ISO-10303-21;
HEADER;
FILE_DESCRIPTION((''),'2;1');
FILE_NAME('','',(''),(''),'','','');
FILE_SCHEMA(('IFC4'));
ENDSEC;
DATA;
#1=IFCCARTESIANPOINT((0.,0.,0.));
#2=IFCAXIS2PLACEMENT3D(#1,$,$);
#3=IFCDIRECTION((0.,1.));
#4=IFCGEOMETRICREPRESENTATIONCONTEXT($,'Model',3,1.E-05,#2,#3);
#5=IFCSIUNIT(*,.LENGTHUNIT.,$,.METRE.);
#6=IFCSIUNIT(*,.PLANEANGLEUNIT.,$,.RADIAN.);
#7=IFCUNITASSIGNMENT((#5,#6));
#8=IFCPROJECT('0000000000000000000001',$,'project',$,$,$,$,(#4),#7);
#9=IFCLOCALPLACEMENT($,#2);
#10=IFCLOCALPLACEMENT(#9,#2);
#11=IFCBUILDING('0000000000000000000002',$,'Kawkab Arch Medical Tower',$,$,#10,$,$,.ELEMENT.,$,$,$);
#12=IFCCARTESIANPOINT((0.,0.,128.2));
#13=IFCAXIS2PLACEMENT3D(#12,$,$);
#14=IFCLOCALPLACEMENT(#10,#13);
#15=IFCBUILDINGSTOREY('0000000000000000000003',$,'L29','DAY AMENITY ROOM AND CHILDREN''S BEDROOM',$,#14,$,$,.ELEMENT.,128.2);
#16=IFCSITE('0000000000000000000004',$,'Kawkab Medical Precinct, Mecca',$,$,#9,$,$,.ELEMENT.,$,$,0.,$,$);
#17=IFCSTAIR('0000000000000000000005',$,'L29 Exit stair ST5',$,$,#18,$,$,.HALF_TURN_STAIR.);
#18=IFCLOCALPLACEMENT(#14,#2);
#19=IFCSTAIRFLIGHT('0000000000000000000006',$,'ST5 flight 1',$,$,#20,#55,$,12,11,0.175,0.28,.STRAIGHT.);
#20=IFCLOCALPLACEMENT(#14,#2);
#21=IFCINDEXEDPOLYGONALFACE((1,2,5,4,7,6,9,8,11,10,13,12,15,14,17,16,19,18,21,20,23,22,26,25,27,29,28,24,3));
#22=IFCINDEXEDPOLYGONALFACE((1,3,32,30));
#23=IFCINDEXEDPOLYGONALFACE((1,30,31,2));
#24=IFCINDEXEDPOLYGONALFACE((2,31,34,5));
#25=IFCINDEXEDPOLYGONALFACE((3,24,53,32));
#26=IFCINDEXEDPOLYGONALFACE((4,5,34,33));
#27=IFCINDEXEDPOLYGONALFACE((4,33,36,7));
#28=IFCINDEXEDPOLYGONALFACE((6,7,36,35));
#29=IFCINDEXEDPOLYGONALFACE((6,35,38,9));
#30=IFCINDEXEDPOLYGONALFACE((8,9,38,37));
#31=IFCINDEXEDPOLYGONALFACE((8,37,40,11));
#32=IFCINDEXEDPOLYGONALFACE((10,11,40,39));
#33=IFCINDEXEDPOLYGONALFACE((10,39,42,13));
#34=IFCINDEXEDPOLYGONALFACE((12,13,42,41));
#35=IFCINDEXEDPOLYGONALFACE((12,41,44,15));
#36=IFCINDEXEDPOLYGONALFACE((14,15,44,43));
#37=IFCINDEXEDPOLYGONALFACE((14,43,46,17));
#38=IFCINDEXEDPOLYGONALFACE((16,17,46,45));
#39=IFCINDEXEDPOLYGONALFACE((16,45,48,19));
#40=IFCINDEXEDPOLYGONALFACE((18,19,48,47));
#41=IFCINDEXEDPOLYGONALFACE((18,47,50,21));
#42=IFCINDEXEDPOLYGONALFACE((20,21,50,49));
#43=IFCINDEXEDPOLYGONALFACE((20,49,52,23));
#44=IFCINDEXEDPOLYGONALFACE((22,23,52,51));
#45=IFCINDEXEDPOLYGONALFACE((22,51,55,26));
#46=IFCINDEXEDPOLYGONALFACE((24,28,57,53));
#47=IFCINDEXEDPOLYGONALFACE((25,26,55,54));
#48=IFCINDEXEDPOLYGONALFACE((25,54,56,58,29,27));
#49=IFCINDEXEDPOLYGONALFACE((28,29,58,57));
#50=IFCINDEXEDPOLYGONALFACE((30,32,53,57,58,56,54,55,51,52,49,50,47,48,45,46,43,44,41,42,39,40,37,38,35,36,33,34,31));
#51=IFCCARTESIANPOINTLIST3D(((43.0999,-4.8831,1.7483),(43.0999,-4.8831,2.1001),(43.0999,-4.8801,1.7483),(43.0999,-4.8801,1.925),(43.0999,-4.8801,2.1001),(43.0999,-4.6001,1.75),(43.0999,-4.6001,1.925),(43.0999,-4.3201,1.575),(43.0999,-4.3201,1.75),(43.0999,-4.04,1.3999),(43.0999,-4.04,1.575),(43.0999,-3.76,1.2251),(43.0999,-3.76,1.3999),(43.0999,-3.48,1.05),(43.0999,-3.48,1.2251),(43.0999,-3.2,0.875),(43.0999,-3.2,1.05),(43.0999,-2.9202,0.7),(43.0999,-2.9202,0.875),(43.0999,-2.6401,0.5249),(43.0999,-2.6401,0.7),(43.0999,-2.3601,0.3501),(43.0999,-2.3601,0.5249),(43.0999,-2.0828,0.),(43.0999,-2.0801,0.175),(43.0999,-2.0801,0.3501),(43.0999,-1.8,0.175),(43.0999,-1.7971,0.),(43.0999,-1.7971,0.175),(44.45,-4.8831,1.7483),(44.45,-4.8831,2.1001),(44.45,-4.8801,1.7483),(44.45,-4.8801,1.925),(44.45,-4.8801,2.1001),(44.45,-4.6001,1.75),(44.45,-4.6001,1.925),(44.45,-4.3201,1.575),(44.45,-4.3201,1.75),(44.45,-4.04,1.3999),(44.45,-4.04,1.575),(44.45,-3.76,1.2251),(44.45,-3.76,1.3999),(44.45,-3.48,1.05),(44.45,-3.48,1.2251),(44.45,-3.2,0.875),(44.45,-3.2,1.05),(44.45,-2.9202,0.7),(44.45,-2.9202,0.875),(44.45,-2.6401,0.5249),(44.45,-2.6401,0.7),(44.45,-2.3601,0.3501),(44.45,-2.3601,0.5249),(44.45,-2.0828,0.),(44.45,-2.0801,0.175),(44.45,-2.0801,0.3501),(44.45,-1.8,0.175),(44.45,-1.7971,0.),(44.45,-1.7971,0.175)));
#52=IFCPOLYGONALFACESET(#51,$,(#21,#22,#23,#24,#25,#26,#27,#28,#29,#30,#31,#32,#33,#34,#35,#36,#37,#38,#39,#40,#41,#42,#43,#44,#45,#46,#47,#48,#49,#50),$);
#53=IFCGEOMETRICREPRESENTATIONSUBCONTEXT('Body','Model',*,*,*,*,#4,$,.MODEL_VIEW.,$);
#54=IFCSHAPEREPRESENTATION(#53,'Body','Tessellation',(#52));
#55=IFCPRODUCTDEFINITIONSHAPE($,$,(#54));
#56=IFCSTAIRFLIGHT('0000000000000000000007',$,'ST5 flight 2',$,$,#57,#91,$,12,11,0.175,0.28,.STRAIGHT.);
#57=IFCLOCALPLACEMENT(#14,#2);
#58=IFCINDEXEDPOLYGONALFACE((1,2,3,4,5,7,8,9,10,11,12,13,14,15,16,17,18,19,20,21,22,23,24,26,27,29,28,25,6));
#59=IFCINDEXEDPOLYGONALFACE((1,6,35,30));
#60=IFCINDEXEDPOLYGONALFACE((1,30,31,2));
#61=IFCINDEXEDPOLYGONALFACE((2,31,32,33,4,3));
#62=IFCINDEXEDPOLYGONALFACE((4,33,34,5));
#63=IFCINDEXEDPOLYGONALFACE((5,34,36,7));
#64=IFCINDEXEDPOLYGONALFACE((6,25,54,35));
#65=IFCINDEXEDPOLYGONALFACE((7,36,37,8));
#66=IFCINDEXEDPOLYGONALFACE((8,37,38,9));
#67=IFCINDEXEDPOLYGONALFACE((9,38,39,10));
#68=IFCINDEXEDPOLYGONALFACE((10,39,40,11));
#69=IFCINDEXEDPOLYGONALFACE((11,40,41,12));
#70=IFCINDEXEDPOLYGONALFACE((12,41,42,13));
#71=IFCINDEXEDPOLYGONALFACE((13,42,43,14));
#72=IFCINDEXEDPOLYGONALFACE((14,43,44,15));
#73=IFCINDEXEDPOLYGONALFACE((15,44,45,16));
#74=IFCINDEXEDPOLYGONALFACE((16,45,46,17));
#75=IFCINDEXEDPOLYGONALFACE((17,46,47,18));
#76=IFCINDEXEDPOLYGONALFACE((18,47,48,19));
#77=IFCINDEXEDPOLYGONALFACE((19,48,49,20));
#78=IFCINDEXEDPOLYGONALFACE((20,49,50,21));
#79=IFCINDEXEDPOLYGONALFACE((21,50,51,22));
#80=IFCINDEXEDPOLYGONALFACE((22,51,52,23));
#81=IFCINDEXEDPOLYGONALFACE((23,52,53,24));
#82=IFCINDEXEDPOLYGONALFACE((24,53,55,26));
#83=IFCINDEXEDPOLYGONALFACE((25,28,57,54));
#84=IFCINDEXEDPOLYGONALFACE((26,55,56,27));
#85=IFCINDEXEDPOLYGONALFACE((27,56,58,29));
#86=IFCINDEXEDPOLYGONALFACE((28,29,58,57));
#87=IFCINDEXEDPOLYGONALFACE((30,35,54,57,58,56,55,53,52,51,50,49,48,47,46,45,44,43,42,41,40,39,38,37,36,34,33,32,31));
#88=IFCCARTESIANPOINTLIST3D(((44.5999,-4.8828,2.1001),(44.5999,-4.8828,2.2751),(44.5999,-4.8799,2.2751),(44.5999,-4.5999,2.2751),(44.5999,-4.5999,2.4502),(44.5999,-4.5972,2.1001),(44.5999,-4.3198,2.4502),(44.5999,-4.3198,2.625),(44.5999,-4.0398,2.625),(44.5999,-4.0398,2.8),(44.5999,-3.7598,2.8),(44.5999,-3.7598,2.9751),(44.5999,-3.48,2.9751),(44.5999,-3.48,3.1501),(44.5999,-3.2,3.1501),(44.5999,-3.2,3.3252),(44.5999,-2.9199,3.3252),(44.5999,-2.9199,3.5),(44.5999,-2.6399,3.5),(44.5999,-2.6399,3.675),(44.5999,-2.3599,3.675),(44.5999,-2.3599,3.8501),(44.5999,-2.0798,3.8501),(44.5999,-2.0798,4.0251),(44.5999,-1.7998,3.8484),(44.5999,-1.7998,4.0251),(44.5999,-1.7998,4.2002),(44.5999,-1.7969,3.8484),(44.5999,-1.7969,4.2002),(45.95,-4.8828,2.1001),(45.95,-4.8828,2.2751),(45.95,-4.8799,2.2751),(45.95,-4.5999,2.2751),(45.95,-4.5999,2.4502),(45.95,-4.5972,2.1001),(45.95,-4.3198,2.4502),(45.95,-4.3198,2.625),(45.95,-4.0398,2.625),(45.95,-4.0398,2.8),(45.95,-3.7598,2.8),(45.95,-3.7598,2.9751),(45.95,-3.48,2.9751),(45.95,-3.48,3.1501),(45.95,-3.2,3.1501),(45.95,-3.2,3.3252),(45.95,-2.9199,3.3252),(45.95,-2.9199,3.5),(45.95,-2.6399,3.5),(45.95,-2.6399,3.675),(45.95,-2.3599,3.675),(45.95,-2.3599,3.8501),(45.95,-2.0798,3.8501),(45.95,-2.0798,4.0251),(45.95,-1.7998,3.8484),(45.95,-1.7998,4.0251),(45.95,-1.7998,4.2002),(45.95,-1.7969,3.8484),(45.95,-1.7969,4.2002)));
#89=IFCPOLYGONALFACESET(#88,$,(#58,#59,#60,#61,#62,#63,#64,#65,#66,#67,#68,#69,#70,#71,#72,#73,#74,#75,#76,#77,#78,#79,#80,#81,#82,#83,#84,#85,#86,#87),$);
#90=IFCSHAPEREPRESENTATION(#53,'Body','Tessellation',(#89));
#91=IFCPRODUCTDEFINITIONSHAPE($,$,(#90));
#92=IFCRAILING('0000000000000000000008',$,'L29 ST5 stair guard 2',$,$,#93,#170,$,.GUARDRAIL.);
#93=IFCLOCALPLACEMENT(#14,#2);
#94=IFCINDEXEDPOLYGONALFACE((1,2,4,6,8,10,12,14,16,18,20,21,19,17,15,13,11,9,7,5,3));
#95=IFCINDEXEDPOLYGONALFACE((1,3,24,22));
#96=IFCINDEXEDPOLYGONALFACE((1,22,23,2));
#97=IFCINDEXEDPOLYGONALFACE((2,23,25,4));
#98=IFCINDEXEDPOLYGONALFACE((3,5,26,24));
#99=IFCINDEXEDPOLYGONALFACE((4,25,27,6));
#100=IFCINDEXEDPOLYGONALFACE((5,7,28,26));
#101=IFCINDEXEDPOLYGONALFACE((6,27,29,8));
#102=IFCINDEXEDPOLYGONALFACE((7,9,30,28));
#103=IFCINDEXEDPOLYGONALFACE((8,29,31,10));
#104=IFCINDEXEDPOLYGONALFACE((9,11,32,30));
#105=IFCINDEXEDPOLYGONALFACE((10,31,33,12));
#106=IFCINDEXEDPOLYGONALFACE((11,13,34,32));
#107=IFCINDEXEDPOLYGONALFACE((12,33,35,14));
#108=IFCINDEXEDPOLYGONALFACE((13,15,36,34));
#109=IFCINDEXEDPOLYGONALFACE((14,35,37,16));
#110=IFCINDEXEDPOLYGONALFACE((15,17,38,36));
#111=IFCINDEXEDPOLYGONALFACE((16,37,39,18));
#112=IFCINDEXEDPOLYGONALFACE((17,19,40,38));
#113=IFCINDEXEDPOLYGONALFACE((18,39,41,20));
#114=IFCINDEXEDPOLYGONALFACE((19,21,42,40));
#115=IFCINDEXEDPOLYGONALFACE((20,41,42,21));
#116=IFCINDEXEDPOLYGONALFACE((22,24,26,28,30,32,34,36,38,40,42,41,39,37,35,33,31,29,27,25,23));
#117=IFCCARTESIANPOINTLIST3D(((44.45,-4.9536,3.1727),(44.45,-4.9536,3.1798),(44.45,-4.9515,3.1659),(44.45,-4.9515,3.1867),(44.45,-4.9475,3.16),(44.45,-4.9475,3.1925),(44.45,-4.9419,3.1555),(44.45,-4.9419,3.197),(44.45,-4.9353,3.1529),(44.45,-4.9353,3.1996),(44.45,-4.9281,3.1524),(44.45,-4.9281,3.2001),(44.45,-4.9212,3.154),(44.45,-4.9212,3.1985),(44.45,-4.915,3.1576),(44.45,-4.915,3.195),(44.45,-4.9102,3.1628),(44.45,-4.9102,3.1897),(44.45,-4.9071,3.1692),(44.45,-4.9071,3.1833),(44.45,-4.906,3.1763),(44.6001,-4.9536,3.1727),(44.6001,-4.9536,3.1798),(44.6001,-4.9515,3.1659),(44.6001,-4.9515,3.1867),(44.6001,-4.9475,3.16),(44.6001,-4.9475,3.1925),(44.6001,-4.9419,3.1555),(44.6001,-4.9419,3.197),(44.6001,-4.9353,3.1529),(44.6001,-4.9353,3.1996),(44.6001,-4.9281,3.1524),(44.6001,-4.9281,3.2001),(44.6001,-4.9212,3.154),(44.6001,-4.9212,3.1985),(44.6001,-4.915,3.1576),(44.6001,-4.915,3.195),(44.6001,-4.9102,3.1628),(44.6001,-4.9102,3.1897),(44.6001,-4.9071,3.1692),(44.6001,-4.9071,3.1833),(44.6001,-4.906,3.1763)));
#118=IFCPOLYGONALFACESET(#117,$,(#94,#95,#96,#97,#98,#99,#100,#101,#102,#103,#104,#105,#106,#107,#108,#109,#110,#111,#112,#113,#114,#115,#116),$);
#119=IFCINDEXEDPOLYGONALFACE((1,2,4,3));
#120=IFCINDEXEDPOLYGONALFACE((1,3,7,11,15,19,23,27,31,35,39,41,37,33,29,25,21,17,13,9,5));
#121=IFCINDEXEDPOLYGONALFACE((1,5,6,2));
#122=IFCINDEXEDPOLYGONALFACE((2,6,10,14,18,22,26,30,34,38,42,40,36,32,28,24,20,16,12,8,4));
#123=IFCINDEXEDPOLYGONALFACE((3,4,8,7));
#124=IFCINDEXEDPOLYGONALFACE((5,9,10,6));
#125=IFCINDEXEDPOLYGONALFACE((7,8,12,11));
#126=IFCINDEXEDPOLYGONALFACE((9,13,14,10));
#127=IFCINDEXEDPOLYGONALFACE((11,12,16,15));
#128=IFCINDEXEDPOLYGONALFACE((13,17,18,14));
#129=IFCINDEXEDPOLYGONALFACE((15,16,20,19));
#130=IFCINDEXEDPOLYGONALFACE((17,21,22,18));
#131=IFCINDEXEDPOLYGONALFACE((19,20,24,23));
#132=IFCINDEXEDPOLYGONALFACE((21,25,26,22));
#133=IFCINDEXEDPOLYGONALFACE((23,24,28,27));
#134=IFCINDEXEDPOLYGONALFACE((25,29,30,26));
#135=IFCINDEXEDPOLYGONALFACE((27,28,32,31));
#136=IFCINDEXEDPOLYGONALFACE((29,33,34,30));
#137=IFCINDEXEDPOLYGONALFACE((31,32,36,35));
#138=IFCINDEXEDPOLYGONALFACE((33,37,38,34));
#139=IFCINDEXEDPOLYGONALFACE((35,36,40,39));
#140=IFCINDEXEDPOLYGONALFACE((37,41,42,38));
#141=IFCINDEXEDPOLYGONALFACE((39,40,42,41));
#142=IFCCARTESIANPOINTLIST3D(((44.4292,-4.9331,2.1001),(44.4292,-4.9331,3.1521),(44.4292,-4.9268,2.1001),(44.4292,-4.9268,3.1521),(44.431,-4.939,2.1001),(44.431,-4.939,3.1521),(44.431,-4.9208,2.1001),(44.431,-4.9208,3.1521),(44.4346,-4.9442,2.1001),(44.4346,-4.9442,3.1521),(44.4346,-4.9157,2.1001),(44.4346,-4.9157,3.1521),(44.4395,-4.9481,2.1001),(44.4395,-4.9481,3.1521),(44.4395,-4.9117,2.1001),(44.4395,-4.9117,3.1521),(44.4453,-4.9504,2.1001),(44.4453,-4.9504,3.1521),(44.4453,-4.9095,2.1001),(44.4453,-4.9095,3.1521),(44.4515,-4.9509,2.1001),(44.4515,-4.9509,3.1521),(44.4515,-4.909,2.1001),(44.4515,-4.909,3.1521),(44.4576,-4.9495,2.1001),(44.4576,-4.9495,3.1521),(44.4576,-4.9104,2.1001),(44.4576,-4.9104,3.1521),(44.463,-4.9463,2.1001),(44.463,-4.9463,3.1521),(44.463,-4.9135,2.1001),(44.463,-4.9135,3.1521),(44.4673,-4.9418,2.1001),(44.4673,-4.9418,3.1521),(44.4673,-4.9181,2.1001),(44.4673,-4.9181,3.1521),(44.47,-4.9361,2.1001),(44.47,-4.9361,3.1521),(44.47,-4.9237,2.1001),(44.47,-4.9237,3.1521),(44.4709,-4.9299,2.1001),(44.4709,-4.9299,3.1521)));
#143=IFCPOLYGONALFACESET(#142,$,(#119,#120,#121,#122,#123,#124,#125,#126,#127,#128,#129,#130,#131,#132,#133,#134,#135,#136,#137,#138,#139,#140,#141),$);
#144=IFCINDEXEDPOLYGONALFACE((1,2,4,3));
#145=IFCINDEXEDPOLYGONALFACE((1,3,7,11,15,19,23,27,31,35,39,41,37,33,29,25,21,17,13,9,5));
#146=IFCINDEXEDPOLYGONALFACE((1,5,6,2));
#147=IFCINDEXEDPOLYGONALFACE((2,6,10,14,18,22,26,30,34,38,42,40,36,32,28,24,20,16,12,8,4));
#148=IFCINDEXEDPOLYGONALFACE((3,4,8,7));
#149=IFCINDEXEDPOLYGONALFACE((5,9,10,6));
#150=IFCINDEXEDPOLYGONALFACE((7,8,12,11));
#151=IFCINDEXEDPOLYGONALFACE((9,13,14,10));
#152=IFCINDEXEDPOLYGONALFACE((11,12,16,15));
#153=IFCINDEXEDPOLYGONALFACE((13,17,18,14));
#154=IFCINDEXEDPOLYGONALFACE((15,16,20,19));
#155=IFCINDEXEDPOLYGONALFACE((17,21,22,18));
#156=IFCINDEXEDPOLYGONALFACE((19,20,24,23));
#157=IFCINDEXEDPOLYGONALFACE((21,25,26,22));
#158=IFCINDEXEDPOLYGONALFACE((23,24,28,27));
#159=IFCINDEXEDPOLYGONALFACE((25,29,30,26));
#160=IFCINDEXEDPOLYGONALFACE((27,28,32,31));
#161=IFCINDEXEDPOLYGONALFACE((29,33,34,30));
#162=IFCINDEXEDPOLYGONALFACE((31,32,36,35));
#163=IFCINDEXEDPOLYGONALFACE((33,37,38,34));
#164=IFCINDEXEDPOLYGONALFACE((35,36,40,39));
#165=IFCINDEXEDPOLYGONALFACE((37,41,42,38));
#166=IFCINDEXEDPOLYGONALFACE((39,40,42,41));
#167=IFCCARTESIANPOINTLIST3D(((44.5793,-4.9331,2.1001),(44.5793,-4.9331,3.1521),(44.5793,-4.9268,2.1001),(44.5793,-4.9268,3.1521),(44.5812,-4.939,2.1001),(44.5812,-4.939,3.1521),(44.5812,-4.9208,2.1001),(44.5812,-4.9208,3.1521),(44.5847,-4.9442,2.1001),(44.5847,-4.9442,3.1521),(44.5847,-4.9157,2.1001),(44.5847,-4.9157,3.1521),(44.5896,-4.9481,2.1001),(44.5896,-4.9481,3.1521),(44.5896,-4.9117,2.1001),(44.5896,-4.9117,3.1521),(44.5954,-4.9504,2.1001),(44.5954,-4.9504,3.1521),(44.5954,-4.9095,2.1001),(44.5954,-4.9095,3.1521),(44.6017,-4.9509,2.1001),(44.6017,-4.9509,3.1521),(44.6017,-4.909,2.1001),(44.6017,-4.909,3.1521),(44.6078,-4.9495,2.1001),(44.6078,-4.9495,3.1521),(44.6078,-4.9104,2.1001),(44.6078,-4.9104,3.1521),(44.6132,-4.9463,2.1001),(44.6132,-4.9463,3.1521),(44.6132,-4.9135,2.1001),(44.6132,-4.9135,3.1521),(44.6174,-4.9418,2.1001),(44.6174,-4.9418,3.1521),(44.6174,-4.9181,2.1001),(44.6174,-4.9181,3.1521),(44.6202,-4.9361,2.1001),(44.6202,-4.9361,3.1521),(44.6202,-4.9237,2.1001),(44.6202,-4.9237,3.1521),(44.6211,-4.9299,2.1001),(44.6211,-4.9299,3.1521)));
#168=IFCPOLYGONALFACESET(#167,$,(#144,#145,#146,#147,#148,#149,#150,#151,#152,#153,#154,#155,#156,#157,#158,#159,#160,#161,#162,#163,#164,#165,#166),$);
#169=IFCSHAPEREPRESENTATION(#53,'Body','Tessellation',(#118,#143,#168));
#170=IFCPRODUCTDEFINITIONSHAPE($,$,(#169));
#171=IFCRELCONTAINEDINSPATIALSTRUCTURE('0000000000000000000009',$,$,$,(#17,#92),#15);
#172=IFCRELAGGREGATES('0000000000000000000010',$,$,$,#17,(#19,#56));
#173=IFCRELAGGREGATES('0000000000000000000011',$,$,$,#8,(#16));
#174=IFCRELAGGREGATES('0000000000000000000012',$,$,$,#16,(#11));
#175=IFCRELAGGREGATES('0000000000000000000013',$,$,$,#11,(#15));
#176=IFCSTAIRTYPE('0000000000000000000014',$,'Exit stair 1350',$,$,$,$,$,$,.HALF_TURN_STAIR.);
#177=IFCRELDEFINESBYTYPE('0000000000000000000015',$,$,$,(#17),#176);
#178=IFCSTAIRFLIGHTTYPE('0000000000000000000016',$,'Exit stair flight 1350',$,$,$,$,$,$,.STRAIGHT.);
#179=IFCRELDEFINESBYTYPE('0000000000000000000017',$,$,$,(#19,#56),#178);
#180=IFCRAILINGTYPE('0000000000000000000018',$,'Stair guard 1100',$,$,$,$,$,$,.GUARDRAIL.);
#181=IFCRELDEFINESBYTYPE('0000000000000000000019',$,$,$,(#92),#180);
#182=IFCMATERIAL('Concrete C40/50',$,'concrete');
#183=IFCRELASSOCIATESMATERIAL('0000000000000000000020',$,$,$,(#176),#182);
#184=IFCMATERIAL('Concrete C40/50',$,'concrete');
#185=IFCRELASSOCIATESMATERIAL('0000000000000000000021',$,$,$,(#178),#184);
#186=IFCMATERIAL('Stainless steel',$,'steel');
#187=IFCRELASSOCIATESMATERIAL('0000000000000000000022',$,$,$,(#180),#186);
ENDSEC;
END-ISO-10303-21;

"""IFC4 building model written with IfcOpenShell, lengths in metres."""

from ifc_helpers import new_model, si_unit, direction, frame, origin, origin_2d, place, context, subcontext, project, spatial, polyline, circle, outline, extrude, material, type_object, element, aggregate, save


model = new_model("IFC4")

# Units and contexts
model_context = context("Model", 3, precision=1e-05, world=origin(), true_north=direction((0.0, 1.0)))
body_context = subcontext(model_context, "Body", "Model", "MODEL_VIEW")
ifc_project = project(units=[si_unit("LENGTHUNIT", "METRE"), si_unit("PLANEANGLEUNIT", "RADIAN")], contexts=[model_context])

# Site, building, storey
site_placement = place(None, origin())
site = spatial("IfcSite", under=ifc_project, at=site_placement, Name="Kawkab Medical Precinct, Mecca", CompositionType="ELEMENT", RefElevation=0.0)
building_placement = place(site_placement, origin())
building = spatial("IfcBuilding", under=site, at=building_placement, Name="Kawkab Arch Medical Tower", CompositionType="ELEMENT")
storey_placement = place(building_placement, frame((0.0, 0.0, 128.2)))
storey = spatial("IfcBuildingStorey", under=building, at=storey_placement, Name="L29", Description="DAY AMENITY ROOM AND CHILDREN'S BEDROOM", CompositionType="ELEMENT", Elevation=128.2)

# Stair, stair flights
ifc_material_1 = material(Name="Concrete C40/50", Category="concrete")
stair_type = type_object("IfcStairType", Name="Exit stair 1350", PredefinedType="HALF_TURN_STAIR", material=ifc_material_1)
stair_placement = place(storey_placement, origin())
stair = element("IfcStair", 1, at=stair_placement, inside=storey, type_object=stair_type, Name="L29 Exit stair ST5", PredefinedType="HALF_TURN_STAIR")
ifc_material_2 = material(Name="Concrete C40/50", Category="concrete")
stair_flight_type = type_object("IfcStairFlightType", Name="Exit stair flight 1350", PredefinedType="STRAIGHT", material=ifc_material_2)
stair_flight_1_placement = place(storey_placement, frame((43.7749, -1.8, 0.0), z_axis=(0.0, 0.0, 1.0), x_axis=(0.0, -1.0, 0.0)))
stair_flight_1 = element("IfcStairFlight", 2, at=stair_flight_1_placement, type_object=stair_flight_type, Name="ST5 flight 1", NumberOfRisers=12, NumberOfTreads=11, PredefinedType="STRAIGHT", RiserHeight=0.175, TreadLength=0.28, context=body_context, shape_type="SweptSolid", body=[
    extrude(outline(polyline([(-0.0029, 0.0), (-0.0029, 0.175), (0.0, 0.175), (0.28, 0.175), (0.28, 0.3501), (0.5601, 0.3501), (0.5601, 0.5249), (0.8401, 0.5249), (0.8401, 0.7), (1.1201, 0.7), (1.1201, 0.875), (1.3999, 0.875), (1.3999, 1.05), (1.6799, 1.05), (1.6799, 1.2251), (1.96, 1.2251), (1.96, 1.3999), (2.24, 1.3999), (2.24, 1.575), (2.52, 1.575), (2.52, 1.75), (2.8, 1.75), (2.8, 1.925), (3.0801, 1.925), (3.0801, 2.1001), (3.083, 2.1001), (3.083, 1.7483), (3.0801, 1.7483), (0.2827, 0.0), (-0.0029, 0.0)])), frame((0.0, 0.675, 0.0), z_axis=(0.0, -1.0, 0.0), x_axis=(1.0, 0.0, 0.0)), (0.0, 0.0, 1.0), 1.3501),
])
stair_flight_2_placement = place(storey_placement, frame((45.2749, -4.8799, 2.1001), z_axis=(0.0, 0.0, 1.0), x_axis=(0.0, 1.0, 0.0)))
stair_flight_2 = element("IfcStairFlight", 3, at=stair_flight_2_placement, type_object=stair_flight_type, Name="ST5 flight 2", NumberOfRisers=12, NumberOfTreads=11, PredefinedType="STRAIGHT", RiserHeight=0.175, TreadLength=0.28, context=body_context, shape_type="SweptSolid", body=[
    extrude(outline(polyline([(-0.0029, 0.0), (-0.0029, 0.175), (0.0, 0.175), (0.28, 0.175), (0.28, 0.3501), (0.5601, 0.3501), (0.5601, 0.5249), (0.8401, 0.5249), (0.8401, 0.7), (1.1201, 0.7), (1.1201, 0.875), (1.3999, 0.875), (1.3999, 1.05), (1.6799, 1.05), (1.6799, 1.2251), (1.96, 1.2251), (1.96, 1.3999), (2.24, 1.3999), (2.24, 1.575), (2.52, 1.575), (2.52, 1.75), (2.8, 1.75), (2.8, 1.925), (3.0801, 1.925), (3.0801, 2.1001), (3.083, 2.1001), (3.083, 1.7483), (3.0801, 1.7483), (0.2827, 0.0), (-0.0029, 0.0)])), frame((0.0, 0.675, 0.0), z_axis=(0.0, -1.0, 0.0), x_axis=(1.0, 0.0, 0.0)), (0.0, 0.0, 1.0), 1.3501),
])
aggregate(stair, [stair_flight_1, stair_flight_2])

# Railing
ifc_material_3 = material(Name="Stainless steel", Category="steel")
railing_type = type_object("IfcRailingType", Name="Stair guard 1100", PredefinedType="GUARDRAIL", material=ifc_material_3)
railing_1_placement = place(storey_placement, frame((44.45, -4.9299, 2.1001)))
element("IfcRailing", 4, at=railing_1_placement, inside=storey, type_object=railing_type, Name="L29 ST5 stair guard 2", PredefinedType="GUARDRAIL", context=body_context, shape_type="SweptSolid", body=[
    extrude(circle(Radius=0.0239, at=origin_2d()), frame((0.0, 0.0, 1.0762), z_axis=(1.0, 0.0, 0.0), x_axis=(0.0, 1.0, 0.0)), (0.0, 0.0, 1.0), 0.1501),
    extrude(circle(Radius=0.021, at=origin_2d()), origin(), (0.0, 0.0, 1.0), 1.052),
    extrude(circle(Radius=0.021, at=origin_2d()), frame((0.1501, 0.0, 0.0)), (0.0, 0.0, 1.0), 1.052),
])

save(model, "model.ifc")
